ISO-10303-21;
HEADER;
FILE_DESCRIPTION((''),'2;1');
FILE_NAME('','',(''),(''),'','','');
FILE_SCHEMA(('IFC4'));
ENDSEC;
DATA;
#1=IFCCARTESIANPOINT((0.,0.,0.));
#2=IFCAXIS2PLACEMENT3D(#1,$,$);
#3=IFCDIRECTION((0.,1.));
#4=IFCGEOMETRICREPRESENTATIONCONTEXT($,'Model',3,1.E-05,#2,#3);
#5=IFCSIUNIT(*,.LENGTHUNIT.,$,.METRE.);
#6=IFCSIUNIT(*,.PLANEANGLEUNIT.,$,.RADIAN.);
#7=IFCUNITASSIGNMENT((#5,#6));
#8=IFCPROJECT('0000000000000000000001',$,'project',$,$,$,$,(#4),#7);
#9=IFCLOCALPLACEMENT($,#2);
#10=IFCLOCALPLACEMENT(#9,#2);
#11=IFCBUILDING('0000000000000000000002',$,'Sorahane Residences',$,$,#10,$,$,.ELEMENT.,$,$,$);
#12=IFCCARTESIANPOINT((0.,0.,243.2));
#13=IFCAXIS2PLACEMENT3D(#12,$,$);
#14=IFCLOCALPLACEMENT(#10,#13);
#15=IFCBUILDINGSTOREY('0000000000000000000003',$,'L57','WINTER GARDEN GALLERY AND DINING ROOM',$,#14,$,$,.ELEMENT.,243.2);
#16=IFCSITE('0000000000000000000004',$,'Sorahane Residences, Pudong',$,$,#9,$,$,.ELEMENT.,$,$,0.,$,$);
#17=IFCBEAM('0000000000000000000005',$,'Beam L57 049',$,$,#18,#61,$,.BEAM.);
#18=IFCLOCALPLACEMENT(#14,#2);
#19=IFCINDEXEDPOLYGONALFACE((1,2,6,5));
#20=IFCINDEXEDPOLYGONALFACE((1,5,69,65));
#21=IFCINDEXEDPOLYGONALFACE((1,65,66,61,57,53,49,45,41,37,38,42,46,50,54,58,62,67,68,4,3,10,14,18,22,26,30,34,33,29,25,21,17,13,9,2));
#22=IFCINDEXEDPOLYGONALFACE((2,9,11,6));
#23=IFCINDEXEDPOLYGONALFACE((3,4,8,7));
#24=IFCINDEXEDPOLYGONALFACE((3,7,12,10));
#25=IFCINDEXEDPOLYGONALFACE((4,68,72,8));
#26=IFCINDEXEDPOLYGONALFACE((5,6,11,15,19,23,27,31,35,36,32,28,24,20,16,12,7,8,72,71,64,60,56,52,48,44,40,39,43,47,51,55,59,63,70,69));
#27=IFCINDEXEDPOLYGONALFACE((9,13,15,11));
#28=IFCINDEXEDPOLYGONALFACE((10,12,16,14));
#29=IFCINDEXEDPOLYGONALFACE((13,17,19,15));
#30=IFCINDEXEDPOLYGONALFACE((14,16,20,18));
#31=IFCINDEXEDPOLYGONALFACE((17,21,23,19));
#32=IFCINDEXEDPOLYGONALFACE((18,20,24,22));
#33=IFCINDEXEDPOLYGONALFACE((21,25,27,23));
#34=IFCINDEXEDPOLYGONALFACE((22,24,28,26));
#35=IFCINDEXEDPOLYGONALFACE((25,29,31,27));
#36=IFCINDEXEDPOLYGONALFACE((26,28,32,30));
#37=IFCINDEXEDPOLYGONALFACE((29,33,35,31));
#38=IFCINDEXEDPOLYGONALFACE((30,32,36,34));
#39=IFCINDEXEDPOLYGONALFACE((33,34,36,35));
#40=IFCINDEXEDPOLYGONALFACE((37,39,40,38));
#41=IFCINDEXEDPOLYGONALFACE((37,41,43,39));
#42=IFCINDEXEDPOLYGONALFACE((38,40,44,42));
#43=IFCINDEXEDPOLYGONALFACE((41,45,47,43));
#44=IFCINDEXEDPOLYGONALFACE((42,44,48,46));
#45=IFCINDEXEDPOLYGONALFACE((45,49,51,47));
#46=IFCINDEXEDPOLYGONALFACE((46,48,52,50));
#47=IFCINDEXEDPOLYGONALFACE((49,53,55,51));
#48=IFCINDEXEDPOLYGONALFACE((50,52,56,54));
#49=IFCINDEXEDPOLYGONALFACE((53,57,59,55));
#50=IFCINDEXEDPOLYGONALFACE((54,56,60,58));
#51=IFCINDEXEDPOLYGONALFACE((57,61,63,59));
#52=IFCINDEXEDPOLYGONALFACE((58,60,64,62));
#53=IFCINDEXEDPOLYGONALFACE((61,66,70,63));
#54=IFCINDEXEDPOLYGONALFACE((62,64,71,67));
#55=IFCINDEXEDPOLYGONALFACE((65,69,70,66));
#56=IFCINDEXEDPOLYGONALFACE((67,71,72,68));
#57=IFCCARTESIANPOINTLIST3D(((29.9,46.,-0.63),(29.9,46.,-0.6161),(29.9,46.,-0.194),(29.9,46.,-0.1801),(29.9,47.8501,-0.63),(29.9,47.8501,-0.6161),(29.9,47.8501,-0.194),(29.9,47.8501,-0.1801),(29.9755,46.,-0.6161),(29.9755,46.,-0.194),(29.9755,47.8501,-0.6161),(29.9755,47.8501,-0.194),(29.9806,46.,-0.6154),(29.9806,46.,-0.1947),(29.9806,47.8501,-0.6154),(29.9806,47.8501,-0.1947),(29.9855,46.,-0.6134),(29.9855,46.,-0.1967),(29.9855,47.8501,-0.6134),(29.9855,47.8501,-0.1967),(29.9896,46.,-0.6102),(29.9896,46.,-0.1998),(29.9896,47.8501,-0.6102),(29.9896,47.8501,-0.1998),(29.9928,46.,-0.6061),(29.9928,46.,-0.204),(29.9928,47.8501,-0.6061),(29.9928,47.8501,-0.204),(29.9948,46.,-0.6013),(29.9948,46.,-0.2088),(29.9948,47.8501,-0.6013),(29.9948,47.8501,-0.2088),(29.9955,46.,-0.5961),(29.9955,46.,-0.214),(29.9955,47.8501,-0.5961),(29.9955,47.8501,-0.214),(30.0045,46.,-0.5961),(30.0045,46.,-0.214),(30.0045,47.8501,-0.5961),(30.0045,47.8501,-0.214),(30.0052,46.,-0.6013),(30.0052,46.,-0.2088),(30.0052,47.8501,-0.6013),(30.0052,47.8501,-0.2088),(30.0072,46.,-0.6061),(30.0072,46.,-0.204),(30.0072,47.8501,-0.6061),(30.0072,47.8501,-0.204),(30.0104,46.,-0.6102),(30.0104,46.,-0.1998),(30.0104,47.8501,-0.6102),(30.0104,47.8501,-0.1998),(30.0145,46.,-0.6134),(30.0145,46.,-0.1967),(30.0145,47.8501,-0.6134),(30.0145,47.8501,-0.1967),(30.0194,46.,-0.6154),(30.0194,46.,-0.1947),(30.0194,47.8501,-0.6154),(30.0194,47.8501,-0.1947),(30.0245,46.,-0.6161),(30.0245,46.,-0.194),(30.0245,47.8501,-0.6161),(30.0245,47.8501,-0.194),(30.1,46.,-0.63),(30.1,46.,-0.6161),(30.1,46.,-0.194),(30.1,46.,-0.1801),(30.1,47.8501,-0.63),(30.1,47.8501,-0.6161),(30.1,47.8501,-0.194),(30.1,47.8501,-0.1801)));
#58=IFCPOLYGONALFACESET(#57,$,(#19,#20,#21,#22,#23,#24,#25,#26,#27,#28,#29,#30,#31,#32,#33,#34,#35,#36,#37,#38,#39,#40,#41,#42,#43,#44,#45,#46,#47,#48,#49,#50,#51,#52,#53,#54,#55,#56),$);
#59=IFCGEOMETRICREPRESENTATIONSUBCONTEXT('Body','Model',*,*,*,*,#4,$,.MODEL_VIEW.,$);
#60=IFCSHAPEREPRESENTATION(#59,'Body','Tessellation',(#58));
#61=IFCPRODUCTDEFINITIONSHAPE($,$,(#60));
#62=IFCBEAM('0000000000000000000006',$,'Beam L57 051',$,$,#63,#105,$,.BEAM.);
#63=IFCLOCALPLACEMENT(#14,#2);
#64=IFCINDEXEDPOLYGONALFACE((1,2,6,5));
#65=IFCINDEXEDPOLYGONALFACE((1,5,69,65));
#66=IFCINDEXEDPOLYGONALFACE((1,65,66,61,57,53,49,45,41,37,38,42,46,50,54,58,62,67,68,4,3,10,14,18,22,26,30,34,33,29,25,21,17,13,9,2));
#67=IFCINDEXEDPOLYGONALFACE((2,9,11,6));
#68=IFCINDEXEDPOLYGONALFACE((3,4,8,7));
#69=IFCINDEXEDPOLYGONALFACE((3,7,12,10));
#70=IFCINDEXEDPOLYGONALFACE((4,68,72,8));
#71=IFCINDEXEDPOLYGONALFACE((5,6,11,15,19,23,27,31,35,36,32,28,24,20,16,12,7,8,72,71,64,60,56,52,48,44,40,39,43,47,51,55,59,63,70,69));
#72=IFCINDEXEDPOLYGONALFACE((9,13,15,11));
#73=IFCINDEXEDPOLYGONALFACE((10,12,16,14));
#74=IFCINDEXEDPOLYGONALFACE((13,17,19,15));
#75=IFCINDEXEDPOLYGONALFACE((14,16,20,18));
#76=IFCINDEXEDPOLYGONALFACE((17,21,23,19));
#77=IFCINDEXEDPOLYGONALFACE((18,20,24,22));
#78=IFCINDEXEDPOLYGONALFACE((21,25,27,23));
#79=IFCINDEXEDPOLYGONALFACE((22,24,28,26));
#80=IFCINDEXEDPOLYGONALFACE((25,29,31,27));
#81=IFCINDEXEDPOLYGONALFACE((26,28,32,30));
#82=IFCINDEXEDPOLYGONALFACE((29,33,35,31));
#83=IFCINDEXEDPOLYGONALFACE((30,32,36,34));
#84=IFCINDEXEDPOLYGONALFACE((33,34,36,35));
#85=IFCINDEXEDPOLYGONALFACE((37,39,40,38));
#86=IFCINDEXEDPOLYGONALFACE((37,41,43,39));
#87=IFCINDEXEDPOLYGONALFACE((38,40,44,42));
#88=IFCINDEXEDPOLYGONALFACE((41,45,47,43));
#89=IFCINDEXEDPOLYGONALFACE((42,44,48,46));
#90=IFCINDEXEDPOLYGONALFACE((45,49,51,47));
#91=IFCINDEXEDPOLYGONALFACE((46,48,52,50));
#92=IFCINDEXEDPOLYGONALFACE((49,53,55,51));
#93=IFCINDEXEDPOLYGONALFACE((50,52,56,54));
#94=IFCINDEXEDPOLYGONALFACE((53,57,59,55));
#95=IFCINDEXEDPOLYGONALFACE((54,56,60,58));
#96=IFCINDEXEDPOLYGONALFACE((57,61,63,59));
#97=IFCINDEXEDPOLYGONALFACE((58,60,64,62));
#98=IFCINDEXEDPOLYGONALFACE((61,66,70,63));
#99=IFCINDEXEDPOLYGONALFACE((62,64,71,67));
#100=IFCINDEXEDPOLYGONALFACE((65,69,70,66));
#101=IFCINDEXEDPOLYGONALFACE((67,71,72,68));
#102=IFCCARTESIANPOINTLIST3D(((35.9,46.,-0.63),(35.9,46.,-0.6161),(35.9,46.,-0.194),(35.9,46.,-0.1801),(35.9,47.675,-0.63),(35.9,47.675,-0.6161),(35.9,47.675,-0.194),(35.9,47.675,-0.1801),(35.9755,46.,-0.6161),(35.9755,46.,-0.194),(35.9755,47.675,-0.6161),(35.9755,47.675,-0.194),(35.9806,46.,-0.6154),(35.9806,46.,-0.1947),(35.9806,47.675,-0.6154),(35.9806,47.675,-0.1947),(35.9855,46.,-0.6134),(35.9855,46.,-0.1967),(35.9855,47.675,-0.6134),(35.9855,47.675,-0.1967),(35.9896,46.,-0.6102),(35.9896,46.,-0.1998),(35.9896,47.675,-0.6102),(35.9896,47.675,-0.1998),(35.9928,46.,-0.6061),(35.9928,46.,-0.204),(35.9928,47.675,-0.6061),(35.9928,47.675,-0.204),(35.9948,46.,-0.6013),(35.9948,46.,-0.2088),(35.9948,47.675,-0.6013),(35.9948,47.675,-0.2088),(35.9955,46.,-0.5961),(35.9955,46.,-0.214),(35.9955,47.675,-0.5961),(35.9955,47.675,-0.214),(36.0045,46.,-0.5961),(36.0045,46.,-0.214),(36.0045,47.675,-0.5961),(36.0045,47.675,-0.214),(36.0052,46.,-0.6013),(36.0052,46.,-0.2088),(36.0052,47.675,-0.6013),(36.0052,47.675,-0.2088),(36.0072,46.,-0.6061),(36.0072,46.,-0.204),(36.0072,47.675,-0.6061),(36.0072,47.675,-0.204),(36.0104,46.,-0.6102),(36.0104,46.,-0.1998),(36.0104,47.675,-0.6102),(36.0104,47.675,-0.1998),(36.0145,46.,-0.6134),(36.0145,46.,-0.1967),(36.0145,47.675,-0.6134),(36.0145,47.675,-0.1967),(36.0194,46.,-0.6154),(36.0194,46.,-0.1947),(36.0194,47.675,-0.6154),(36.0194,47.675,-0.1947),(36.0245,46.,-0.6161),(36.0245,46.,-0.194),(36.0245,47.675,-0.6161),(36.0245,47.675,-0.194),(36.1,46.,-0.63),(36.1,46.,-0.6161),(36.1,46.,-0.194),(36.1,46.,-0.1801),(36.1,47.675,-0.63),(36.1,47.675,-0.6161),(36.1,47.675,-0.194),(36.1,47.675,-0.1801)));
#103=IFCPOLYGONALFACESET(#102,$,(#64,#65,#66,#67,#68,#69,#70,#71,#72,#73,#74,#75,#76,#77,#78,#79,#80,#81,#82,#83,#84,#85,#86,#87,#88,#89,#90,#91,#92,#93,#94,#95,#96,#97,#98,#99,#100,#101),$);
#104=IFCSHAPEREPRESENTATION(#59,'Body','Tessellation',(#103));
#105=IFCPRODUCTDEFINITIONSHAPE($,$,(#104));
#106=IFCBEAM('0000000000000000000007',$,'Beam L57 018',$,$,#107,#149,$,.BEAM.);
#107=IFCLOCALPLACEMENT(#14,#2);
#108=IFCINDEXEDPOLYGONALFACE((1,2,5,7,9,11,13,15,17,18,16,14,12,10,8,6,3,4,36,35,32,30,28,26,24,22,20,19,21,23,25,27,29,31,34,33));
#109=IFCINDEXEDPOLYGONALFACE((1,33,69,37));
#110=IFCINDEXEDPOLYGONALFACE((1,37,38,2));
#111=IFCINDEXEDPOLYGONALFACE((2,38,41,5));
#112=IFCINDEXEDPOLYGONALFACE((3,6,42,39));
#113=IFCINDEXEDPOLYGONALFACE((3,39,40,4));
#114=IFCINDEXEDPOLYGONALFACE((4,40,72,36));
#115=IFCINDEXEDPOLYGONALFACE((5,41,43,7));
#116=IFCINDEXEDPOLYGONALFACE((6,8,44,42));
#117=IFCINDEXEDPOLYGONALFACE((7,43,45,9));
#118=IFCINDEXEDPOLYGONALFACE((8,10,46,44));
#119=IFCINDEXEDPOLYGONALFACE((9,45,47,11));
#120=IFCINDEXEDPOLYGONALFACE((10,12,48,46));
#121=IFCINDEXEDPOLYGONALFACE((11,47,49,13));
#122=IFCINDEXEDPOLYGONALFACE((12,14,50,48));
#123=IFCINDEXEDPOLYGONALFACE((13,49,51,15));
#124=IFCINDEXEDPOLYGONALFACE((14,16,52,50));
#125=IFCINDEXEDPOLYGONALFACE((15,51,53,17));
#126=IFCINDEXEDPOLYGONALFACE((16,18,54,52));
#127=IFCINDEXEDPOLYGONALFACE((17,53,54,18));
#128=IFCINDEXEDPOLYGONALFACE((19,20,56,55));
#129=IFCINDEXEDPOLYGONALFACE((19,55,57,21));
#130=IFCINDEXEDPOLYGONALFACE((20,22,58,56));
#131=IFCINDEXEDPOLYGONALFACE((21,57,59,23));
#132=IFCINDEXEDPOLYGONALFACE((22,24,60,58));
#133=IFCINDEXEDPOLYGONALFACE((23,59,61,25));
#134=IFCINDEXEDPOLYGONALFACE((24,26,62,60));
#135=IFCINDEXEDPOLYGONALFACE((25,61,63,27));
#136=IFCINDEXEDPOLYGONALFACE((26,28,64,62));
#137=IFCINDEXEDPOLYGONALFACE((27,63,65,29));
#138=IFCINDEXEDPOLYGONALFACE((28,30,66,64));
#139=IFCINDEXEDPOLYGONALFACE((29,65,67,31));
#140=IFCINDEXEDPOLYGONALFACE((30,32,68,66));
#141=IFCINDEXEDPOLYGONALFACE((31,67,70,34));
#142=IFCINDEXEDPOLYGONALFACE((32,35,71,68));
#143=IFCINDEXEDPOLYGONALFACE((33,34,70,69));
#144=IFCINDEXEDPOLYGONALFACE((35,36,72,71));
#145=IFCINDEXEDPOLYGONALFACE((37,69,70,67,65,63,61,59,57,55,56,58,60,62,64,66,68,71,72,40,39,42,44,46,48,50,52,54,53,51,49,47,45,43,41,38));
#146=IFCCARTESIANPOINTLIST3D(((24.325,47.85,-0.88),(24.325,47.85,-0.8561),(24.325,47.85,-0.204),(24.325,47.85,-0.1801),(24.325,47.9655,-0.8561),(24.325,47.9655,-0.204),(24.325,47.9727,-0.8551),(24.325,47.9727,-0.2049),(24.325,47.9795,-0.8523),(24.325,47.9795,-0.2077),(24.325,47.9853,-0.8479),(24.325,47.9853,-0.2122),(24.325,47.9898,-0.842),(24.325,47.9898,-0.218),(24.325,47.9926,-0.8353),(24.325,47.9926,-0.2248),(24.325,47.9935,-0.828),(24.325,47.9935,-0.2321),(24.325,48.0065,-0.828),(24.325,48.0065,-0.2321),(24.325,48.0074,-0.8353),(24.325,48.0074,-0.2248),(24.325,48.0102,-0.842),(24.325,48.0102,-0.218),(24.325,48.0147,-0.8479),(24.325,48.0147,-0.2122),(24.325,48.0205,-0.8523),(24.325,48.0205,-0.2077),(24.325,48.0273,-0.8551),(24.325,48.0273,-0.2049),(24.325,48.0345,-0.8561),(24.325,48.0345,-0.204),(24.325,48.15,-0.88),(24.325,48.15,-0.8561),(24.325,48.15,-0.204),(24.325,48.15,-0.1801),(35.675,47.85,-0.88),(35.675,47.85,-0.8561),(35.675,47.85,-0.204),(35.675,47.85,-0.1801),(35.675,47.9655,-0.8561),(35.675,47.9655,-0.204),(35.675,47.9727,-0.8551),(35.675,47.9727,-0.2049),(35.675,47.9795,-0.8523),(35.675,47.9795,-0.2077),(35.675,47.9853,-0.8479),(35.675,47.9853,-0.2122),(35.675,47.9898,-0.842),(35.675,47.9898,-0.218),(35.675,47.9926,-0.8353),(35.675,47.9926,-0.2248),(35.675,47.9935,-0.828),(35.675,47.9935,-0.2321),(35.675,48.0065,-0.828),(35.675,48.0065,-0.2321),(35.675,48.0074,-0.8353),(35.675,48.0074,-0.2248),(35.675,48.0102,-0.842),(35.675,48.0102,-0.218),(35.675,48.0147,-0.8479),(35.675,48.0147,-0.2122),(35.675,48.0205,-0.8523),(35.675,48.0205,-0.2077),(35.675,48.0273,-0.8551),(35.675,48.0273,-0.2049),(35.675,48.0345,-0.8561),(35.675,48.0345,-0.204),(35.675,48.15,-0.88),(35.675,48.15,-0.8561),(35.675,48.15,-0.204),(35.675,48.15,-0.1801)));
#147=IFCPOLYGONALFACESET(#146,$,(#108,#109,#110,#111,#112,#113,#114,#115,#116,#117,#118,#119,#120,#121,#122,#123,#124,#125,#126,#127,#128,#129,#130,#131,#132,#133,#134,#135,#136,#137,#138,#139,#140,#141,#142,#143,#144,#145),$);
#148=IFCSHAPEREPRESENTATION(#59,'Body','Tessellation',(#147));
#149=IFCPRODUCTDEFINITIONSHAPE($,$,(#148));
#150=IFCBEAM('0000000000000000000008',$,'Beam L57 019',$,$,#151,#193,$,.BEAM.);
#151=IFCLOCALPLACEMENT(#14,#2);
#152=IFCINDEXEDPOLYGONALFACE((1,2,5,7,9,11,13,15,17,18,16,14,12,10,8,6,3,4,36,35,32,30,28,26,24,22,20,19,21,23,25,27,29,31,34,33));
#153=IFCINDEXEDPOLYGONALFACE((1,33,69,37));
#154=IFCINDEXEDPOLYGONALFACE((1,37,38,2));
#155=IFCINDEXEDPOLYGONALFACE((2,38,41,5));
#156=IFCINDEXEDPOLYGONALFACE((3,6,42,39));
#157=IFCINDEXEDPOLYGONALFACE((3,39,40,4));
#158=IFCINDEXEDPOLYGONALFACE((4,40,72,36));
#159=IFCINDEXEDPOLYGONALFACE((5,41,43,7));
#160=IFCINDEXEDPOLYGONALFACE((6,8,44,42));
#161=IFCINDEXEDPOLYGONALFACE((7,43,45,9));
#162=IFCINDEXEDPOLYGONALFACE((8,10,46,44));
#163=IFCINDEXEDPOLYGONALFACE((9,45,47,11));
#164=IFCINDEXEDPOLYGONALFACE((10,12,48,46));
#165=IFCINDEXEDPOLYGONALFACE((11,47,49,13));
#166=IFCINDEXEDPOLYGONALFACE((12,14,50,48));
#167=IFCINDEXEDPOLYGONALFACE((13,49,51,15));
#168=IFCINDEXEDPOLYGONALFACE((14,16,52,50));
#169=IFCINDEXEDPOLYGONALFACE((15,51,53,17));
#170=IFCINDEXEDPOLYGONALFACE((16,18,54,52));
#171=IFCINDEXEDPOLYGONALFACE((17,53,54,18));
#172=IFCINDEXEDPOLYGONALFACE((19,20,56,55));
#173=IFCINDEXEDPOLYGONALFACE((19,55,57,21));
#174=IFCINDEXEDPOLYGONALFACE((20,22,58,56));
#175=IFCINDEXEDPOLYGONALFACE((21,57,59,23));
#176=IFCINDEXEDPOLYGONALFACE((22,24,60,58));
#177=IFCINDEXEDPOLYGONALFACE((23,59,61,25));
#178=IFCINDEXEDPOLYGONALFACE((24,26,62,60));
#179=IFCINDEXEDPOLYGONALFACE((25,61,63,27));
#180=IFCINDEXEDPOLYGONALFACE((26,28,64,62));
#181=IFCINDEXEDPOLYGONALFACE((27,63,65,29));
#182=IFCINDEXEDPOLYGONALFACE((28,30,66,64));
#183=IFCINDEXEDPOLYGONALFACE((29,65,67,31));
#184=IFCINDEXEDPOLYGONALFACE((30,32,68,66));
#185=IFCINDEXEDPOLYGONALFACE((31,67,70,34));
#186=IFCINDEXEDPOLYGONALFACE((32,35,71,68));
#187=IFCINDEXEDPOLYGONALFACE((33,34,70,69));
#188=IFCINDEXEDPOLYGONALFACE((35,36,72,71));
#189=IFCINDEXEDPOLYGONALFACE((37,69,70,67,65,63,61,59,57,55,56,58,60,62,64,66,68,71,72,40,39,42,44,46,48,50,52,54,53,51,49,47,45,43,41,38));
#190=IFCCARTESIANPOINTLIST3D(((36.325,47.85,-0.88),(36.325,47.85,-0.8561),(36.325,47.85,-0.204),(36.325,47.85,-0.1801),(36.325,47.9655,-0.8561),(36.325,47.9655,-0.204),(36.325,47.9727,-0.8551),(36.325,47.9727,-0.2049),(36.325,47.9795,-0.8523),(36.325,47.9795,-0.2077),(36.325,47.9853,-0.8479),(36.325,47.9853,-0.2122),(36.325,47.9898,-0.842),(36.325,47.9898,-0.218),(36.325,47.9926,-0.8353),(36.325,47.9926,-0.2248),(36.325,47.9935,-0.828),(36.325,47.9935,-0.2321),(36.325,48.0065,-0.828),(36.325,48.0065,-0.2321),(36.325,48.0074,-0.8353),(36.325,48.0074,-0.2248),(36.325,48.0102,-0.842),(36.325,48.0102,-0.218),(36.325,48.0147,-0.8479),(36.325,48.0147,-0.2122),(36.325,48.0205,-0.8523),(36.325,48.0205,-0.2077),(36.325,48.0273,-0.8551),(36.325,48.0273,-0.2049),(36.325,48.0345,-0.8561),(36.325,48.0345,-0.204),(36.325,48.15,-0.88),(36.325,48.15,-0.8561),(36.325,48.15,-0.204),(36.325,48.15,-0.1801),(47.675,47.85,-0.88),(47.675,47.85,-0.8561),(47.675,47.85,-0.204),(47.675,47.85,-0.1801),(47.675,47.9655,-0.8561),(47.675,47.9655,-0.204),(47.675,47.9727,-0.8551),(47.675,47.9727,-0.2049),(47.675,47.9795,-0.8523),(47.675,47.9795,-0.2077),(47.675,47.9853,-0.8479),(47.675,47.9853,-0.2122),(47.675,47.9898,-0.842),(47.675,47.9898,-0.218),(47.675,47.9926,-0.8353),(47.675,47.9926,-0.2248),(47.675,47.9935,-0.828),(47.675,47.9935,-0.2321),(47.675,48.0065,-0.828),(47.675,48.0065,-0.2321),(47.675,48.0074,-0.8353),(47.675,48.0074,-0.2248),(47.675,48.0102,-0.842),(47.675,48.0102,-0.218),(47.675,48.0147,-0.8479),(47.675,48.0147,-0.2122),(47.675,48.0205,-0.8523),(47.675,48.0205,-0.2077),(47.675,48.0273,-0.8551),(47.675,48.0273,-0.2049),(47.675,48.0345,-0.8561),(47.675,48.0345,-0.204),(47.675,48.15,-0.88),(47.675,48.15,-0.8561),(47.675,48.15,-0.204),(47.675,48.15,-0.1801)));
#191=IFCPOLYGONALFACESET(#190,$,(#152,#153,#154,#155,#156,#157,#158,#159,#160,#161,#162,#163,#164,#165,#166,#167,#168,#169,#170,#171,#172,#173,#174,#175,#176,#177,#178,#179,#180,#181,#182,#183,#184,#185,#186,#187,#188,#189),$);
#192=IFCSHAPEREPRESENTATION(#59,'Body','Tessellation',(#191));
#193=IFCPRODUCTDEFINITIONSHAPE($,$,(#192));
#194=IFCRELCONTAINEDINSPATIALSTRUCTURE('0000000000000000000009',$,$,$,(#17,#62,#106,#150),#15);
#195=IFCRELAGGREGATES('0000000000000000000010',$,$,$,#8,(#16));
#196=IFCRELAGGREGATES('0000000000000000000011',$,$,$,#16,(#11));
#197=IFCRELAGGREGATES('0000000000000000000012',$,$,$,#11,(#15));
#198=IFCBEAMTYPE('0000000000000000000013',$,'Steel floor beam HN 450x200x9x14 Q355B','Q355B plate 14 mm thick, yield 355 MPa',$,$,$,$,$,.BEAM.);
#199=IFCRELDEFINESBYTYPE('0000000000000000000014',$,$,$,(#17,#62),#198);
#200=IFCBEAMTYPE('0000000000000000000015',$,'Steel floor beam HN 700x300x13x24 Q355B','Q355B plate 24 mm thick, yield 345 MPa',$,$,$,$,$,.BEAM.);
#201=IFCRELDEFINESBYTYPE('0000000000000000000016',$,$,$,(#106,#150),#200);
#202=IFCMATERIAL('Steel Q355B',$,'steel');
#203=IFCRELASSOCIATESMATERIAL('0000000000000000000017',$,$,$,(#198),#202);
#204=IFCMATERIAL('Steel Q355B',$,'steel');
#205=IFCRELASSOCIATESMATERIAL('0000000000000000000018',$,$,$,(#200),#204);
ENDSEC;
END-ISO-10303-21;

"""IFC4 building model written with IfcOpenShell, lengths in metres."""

from ifc_helpers import new_model, si_unit, direction, frame, origin, origin_2d, place, context, subcontext, project, spatial, i_section, extrude, material, material_profile, profile_set, type_object, element, save


model = new_model("IFC4")

# Units and contexts
model_context = context("Model", 3, precision=1e-05, world=origin(), true_north=direction((0.0, 1.0)))
body_context = subcontext(model_context, "Body", "Model", "MODEL_VIEW")
ifc_project = project(units=[si_unit("LENGTHUNIT", "METRE"), si_unit("PLANEANGLEUNIT", "RADIAN")], contexts=[model_context])

# Site, building, storey
site_placement = place(None, origin())
site = spatial("IfcSite", under=ifc_project, at=site_placement, Name="Sorahane Residences, Pudong", CompositionType="ELEMENT", RefElevation=0.0)
building_placement = place(site_placement, origin())
building = spatial("IfcBuilding", under=site, at=building_placement, Name="Sorahane Residences", CompositionType="ELEMENT")
storey_placement = place(building_placement, frame((0.0, 0.0, 243.2)))
storey = spatial("IfcBuildingStorey", under=building, at=storey_placement, Name="L57", Description="WINTER GARDEN GALLERY AND DINING ROOM", CompositionType="ELEMENT", Elevation=243.2)

# Beams
ifc_material_1 = material(Name="Steel Q355B", Category="steel")
ifc_material_profile_1 = material_profile(ifc_material_1, i_section(OverallWidth=0.2, OverallDepth=0.45, WebThickness=0.009, FlangeThickness=0.0139, FilletRadius=0.02, at=origin_2d()), Name="HN 450x200x9x14")
ifc_profile_set_1 = profile_set([ifc_material_profile_1], Name="Steel Q355B")
beam_type_1 = type_object("IfcBeamType", Name="Steel floor beam HN 450x200x9x14 Q355B", Description="Q355B plate 14 mm thick, yield 355 MPa", PredefinedType="BEAM", material=ifc_profile_set_1)
beam_1_placement = place(storey_placement, frame((30.0, 46.0, -0.405), z_axis=(0.0, 1.0, 0.0), x_axis=(-1.0, 0.0, 0.0)))
element("IfcBeam", 1, at=beam_1_placement, inside=storey, type_object=beam_type_1, Name="Beam L57 049", PredefinedType="BEAM", context=body_context, shape_type="SweptSolid", body=[
    extrude(i_section(OverallWidth=0.2, OverallDepth=0.45, WebThickness=0.009, FlangeThickness=0.0139, FilletRadius=0.02, at=origin_2d()), origin(), (0.0, 0.0, 1.0), 1.8501),
])
beam_2_placement = place(storey_placement, frame((36.0, 46.0, -0.405), z_axis=(0.0, 1.0, 0.0), x_axis=(-1.0, 0.0, 0.0)))
element("IfcBeam", 2, at=beam_2_placement, inside=storey, type_object=beam_type_1, Name="Beam L57 051", PredefinedType="BEAM", context=body_context, shape_type="SweptSolid", body=[
    extrude(i_section(OverallWidth=0.2, OverallDepth=0.45, WebThickness=0.009, FlangeThickness=0.0139, FilletRadius=0.02, at=origin_2d()), origin(), (0.0, 0.0, 1.0), 1.675),
])
ifc_material_2 = material(Name="Steel Q355B", Category="steel")
ifc_material_profile_2 = material_profile(ifc_material_2, i_section(OverallWidth=0.3, OverallDepth=0.7, WebThickness=0.0129, FlangeThickness=0.0239, FilletRadius=0.0281, at=origin_2d()), Name="HN 700x300x13x24")
ifc_profile_set_2 = profile_set([ifc_material_profile_2], Name="Steel Q355B")
beam_type_2 = type_object("IfcBeamType", Name="Steel floor beam HN 700x300x13x24 Q355B", Description="Q355B plate 24 mm thick, yield 345 MPa", PredefinedType="BEAM", material=ifc_profile_set_2)
for number, where, z_axis, x_axis, name in (
    (3, (24.325, 48.0, -0.53), (1.0, 0.0, 0.0), (0.0, 1.0, 0.0), "Beam L57 018"),
    (4, (36.325, 48.0, -0.53), (1.0, 0.0, 0.0), (0.0, 1.0, 0.0), "Beam L57 019"),
):
    element("IfcBeam", number, at=place(storey_placement, frame(where, z_axis=z_axis, x_axis=x_axis)), inside=storey, type_object=beam_type_2, Name=name, PredefinedType="BEAM", context=body_context, shape_type="SweptSolid", body=[
        extrude(i_section(OverallWidth=0.3, OverallDepth=0.7, WebThickness=0.0129, FlangeThickness=0.0239, FilletRadius=0.0281, at=origin_2d()), origin(), (0.0, 0.0, 1.0), 11.3501),
    ])

save(model, "model.ifc")
